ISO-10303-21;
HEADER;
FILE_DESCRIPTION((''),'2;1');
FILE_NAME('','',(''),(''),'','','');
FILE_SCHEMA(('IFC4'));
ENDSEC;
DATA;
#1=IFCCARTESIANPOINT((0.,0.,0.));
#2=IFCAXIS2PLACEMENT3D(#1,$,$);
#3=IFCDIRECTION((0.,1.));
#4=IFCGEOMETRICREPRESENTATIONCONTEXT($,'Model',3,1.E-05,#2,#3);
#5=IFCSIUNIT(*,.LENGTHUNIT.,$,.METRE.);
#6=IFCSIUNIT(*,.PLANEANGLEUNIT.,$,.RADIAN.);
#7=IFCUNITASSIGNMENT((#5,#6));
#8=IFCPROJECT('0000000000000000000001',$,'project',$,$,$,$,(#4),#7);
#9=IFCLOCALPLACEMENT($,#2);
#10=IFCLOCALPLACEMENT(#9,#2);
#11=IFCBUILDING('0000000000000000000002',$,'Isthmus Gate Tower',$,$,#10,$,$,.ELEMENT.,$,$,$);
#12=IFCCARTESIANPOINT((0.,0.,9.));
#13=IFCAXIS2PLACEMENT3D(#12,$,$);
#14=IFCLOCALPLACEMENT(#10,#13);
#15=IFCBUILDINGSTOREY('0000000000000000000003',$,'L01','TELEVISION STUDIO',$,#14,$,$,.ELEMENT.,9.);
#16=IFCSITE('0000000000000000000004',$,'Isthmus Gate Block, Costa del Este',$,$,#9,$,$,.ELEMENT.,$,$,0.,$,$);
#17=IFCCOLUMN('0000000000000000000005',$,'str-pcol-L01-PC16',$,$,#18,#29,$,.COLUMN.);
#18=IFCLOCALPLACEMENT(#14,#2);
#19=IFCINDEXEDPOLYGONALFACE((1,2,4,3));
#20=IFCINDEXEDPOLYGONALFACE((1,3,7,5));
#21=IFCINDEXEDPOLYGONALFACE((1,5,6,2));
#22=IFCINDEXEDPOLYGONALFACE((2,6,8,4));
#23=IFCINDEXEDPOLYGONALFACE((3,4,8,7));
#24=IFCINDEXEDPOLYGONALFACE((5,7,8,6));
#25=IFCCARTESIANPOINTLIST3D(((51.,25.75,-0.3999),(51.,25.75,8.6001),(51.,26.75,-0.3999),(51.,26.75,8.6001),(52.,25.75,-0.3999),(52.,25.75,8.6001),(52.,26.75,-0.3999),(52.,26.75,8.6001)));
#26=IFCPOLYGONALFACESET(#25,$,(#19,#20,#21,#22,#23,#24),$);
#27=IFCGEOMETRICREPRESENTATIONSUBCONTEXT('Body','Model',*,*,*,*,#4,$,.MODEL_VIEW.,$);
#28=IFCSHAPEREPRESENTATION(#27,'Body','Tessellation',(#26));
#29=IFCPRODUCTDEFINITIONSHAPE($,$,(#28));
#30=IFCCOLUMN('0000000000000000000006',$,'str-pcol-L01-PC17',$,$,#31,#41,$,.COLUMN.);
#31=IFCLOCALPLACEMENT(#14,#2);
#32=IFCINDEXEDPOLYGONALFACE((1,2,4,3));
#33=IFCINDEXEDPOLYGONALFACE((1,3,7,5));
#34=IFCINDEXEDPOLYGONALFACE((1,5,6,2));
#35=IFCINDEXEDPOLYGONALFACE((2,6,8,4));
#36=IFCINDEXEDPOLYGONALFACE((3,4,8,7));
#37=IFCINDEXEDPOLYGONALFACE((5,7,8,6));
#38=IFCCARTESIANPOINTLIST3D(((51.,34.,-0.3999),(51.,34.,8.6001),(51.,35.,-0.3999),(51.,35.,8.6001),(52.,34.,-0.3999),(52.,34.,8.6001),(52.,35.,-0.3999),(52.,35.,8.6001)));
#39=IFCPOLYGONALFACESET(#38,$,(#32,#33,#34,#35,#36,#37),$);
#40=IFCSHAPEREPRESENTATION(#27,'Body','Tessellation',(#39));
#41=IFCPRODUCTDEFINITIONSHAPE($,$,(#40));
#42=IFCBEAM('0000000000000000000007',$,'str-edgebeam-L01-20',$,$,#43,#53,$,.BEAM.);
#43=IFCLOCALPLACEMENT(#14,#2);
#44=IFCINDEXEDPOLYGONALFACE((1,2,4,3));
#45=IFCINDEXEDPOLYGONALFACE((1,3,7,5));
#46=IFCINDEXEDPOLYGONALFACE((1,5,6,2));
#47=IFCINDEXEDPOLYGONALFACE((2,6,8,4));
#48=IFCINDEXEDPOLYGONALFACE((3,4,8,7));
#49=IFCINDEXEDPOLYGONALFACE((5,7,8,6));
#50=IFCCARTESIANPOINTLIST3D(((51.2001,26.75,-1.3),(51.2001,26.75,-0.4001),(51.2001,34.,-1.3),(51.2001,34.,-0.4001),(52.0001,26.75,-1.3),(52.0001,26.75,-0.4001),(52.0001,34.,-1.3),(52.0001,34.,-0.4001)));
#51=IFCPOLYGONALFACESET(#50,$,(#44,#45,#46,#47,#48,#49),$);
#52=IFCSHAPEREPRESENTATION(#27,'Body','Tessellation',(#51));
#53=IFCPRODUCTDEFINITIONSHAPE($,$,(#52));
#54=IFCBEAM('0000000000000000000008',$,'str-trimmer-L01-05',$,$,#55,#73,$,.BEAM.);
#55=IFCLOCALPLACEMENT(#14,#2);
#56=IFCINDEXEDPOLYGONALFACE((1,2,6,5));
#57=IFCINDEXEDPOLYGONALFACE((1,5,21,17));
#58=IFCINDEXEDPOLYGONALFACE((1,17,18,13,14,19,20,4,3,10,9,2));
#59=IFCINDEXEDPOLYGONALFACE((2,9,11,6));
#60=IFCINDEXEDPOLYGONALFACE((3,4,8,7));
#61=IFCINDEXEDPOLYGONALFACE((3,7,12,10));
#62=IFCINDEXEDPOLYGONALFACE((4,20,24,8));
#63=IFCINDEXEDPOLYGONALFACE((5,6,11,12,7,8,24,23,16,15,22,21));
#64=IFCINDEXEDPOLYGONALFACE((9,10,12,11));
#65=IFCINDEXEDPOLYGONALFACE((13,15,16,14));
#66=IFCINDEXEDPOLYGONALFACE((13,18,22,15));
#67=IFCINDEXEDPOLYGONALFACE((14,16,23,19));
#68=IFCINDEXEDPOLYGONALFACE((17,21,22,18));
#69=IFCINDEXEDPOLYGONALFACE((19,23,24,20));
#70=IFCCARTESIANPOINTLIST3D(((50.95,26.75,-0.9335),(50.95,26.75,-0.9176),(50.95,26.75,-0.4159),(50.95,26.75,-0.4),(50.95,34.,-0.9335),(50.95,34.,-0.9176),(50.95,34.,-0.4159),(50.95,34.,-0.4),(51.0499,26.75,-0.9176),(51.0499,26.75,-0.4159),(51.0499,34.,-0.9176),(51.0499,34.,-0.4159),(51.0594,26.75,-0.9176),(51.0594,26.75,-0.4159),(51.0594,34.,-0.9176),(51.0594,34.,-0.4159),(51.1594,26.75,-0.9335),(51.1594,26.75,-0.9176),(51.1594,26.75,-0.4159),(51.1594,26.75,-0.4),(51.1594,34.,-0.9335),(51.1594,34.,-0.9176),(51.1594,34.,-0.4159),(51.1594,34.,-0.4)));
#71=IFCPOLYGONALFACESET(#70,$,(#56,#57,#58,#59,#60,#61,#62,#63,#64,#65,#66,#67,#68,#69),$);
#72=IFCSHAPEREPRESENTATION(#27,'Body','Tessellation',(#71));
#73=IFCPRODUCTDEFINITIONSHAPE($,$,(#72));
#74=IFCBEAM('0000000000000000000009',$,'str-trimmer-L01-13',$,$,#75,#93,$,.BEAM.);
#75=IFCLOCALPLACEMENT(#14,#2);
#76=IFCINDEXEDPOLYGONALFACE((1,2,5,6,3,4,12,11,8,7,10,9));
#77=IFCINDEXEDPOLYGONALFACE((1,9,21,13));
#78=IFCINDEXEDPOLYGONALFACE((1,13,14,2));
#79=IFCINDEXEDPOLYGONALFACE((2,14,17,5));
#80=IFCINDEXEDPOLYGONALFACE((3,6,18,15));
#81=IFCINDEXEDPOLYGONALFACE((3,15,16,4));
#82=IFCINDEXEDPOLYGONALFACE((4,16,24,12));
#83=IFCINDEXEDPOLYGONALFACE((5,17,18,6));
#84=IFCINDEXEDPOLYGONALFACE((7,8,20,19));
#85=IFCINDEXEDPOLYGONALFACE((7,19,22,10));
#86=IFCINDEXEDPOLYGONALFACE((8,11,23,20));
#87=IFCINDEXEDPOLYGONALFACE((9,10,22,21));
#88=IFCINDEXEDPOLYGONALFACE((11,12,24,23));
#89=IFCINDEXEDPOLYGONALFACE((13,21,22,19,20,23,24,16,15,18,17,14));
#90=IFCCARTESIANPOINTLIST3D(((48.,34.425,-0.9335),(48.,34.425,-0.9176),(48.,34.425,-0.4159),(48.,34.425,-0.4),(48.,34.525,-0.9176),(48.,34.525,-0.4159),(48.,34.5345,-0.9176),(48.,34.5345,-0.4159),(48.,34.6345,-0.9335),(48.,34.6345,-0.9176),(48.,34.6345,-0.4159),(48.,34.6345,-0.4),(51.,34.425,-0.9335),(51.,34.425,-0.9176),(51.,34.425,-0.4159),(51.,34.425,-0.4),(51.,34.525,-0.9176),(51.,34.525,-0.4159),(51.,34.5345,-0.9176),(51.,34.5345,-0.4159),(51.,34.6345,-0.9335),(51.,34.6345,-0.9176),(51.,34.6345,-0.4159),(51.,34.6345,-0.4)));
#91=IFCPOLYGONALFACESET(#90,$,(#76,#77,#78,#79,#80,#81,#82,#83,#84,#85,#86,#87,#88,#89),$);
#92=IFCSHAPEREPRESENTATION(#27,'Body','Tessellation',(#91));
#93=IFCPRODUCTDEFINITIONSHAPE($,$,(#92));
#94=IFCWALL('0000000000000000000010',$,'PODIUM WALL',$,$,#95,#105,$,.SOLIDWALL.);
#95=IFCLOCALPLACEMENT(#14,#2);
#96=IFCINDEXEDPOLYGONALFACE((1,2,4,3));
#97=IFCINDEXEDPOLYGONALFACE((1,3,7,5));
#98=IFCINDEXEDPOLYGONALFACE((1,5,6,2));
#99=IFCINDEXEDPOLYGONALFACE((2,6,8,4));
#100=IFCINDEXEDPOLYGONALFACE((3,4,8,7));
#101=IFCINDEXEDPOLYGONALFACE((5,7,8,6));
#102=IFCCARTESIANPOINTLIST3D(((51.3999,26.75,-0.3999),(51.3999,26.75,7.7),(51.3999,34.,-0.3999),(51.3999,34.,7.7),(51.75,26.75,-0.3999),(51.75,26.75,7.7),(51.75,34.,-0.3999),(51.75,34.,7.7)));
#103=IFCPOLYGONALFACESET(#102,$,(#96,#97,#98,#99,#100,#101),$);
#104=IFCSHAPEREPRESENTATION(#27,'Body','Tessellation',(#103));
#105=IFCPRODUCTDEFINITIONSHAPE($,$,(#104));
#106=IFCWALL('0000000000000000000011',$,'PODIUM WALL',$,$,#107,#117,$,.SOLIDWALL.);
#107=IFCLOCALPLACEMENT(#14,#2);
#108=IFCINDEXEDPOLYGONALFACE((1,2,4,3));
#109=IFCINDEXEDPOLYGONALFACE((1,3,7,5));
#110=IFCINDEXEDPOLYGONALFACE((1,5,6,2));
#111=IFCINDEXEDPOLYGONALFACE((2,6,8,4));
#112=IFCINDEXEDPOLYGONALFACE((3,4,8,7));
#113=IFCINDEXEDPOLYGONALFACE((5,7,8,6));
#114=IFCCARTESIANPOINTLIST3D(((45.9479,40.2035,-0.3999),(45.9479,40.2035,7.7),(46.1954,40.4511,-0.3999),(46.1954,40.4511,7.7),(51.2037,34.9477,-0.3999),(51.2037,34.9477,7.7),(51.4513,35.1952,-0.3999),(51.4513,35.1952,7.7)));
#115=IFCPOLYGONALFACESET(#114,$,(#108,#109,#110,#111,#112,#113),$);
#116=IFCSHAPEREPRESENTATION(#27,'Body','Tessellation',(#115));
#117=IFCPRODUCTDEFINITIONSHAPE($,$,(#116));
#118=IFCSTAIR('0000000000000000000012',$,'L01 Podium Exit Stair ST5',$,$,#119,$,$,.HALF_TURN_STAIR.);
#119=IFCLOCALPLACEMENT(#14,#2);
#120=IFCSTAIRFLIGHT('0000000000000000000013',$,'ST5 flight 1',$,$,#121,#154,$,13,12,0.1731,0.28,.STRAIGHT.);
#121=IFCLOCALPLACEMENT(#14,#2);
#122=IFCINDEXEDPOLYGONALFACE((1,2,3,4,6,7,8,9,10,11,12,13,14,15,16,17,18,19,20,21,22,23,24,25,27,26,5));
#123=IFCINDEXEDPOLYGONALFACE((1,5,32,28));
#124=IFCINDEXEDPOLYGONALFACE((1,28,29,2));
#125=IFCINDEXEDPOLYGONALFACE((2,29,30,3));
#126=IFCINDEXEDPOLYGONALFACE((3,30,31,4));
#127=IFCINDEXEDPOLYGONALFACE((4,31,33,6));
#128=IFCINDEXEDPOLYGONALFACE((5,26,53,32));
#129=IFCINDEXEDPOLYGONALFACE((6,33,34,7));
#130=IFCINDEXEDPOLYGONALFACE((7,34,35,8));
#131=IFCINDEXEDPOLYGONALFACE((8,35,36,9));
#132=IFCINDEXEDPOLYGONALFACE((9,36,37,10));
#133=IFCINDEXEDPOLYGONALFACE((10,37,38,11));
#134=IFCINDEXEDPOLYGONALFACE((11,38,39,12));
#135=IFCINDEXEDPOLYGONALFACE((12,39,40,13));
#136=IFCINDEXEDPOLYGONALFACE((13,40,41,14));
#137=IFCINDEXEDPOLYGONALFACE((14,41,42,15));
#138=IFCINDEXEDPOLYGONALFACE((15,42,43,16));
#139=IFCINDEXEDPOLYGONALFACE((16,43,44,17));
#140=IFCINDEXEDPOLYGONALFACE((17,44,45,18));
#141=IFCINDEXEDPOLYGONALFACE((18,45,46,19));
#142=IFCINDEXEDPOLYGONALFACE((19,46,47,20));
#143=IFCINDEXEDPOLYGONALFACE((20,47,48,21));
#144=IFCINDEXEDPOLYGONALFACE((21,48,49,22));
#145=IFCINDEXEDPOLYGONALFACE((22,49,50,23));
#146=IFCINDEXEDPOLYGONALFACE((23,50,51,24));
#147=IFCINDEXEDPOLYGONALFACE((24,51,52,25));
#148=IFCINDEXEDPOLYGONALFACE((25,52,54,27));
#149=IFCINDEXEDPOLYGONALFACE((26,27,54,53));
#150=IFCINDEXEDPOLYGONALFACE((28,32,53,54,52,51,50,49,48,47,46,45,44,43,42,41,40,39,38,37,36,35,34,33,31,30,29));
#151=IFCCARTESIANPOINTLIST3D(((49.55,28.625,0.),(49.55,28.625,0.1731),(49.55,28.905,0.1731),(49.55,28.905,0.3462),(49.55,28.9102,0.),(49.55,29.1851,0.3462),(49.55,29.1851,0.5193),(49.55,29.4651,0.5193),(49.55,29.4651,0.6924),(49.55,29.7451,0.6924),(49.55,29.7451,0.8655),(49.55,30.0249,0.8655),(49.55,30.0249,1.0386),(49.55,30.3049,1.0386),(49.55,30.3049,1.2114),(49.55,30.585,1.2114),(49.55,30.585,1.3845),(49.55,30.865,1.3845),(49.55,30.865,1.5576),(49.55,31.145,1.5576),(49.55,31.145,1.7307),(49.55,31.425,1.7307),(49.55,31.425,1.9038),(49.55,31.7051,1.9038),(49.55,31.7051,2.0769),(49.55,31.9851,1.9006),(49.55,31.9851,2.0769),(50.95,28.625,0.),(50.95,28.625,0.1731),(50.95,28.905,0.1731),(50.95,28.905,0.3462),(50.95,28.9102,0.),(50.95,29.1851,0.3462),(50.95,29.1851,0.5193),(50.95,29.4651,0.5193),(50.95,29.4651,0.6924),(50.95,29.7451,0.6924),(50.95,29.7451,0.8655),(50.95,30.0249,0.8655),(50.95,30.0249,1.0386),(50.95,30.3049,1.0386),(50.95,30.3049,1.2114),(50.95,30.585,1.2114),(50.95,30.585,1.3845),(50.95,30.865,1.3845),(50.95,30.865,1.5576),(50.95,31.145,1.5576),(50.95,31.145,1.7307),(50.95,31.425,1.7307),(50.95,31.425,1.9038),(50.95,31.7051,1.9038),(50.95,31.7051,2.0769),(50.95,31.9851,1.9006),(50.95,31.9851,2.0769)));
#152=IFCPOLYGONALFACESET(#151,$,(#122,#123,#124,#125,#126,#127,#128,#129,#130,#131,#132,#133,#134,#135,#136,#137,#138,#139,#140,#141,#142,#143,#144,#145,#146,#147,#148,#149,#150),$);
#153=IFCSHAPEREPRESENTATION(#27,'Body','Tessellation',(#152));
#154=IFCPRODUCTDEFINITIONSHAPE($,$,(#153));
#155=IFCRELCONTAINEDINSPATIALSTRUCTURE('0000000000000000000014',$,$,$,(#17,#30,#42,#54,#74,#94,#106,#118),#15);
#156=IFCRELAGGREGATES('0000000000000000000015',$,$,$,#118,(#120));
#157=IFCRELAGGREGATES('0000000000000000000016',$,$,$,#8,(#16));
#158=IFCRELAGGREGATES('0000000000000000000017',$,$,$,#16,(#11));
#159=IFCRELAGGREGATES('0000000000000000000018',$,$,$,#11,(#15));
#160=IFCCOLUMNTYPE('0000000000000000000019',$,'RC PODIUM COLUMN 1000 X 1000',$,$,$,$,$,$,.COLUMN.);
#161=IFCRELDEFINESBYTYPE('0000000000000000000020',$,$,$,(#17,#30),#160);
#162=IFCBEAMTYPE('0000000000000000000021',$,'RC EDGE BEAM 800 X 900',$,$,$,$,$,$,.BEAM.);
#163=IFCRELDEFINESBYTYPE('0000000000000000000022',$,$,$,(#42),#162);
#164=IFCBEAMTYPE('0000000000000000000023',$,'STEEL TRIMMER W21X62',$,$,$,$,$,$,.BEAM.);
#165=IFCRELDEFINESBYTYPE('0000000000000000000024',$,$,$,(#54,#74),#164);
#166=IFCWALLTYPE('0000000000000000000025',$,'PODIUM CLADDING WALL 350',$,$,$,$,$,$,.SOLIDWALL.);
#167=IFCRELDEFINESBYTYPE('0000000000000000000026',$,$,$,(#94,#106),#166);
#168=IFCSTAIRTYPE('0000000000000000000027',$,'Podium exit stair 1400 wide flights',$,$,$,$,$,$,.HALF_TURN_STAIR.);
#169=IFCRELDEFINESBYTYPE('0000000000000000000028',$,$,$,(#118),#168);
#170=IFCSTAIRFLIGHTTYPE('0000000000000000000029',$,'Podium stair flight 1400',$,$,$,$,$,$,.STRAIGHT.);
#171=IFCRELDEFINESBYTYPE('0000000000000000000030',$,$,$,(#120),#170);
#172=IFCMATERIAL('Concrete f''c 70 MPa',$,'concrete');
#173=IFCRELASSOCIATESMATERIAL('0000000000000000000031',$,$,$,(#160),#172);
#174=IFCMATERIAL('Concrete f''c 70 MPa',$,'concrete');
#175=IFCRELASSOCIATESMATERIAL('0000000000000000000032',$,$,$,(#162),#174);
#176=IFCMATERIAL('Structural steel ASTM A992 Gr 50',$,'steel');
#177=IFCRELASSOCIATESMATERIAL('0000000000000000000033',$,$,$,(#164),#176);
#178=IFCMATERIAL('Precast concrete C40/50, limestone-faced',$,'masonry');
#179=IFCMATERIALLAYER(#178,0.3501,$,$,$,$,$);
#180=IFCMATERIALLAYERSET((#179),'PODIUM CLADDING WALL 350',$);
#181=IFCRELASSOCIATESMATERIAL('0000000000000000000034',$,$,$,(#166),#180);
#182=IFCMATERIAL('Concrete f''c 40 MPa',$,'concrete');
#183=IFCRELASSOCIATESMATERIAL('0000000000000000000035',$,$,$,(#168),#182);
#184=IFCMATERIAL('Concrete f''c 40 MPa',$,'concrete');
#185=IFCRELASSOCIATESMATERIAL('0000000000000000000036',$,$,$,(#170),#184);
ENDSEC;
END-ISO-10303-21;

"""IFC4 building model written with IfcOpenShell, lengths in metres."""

from ifc_helpers import new_model, si_unit, direction, frame, frame_2d, origin, origin_2d, place, context, subcontext, project, spatial, polyline, rectangle, i_section, outline, extrude, material, layer, layer_set, material_profile, profile_set, type_object, element, aggregate, save


model = new_model("IFC4")

# Units and contexts
model_context = context("Model", 3, precision=1e-05, world=origin(), true_north=direction((0.0, 1.0)))
body_context = subcontext(model_context, "Body", "Model", "MODEL_VIEW")
ifc_project = project(units=[si_unit("LENGTHUNIT", "METRE"), si_unit("PLANEANGLEUNIT", "RADIAN")], contexts=[model_context])

# Site, building, storey
site_placement = place(None, origin())
site = spatial("IfcSite", under=ifc_project, at=site_placement, Name="Isthmus Gate Block, Costa del Este", CompositionType="ELEMENT", RefElevation=0.0)
building_placement = place(site_placement, origin())
building = spatial("IfcBuilding", under=site, at=building_placement, Name="Isthmus Gate Tower", CompositionType="ELEMENT")
storey_placement = place(building_placement, frame((0.0, 0.0, 9.0)))
storey = spatial("IfcBuildingStorey", under=building, at=storey_placement, Name="L01", Description="TELEVISION STUDIO", CompositionType="ELEMENT", Elevation=9.0)

# Columns
ifc_material_1 = material(Name="Concrete f'c 70 MPa", Category="concrete")
ifc_material_profile_1 = material_profile(ifc_material_1, rectangle(XDim=1.0, YDim=1.0, at=origin_2d()), Name="RC 1000X1000")
ifc_profile_set_1 = profile_set([ifc_material_profile_1], Name="Concrete f'c 70 MPa")
column_type = type_object("IfcColumnType", Name="RC PODIUM COLUMN 1000 X 1000", PredefinedType="COLUMN", material=ifc_profile_set_1)
for number, where, z_axis, x_axis, name in (
    (1, (51.5, 26.25, -0.3999), (0.0, 0.0, 1.0), (0.0, 1.0, 0.0), "str-pcol-L01-PC16"),
    (2, (51.5, 34.5, -0.3999), (0.0, 0.0, 1.0), (0.0, 1.0, 0.0), "str-pcol-L01-PC17"),
):
    element("IfcColumn", number, at=place(storey_placement, frame(where, z_axis=z_axis, x_axis=x_axis)), inside=storey, type_object=column_type, Name=name, PredefinedType="COLUMN", context=body_context, shape_type="SweptSolid", body=[
        extrude(rectangle(XDim=1.0, YDim=1.0, at=origin_2d()), origin(), (0.0, 0.0, 1.0), 9.0),
    ])

# Beams
ifc_material_2 = material(Name="Concrete f'c 70 MPa", Category="concrete")
ifc_material_profile_2 = material_profile(ifc_material_2, rectangle(XDim=0.8, YDim=0.8999, at=origin_2d()), Name="RC 800X900")
ifc_profile_set_2 = profile_set([ifc_material_profile_2], Name="Concrete f'c 70 MPa")
beam_type_1 = type_object("IfcBeamType", Name="RC EDGE BEAM 800 X 900", PredefinedType="BEAM", material=ifc_profile_set_2)
beam_1_placement = place(storey_placement, frame((51.6001, 34.0, -0.8501), z_axis=(0.0, -1.0, 0.0), x_axis=(1.0, 0.0, 0.0)))
element("IfcBeam", 3, at=beam_1_placement, inside=storey, type_object=beam_type_1, Name="str-edgebeam-L01-20", PredefinedType="BEAM", context=body_context, shape_type="SweptSolid", body=[
    extrude(rectangle(XDim=0.8, YDim=0.8999, at=origin_2d()), origin(), (0.0, 0.0, 1.0), 7.25),
])
ifc_material_3 = material(Name="Structural steel ASTM A992 Gr 50", Category="steel")
ifc_material_profile_3 = material_profile(ifc_material_3, i_section(OverallWidth=0.2095, OverallDepth=0.5334, WebThickness=0.0095, FlangeThickness=0.0159, at=origin_2d()), Name="W21X62")
ifc_profile_set_3 = profile_set([ifc_material_profile_3], Name="Structural steel ASTM A992 Gr 50")
beam_type_2 = type_object("IfcBeamType", Name="STEEL TRIMMER W21X62", PredefinedType="BEAM", material=ifc_profile_set_3)
beam_2_placement = place(storey_placement, frame((51.0547, 26.75, -0.6667), z_axis=(0.0, 1.0, 0.0), x_axis=(-1.0, 0.0, 0.0)))
element("IfcBeam", 4, at=beam_2_placement, inside=storey, type_object=beam_type_2, Name="str-trimmer-L01-05", PredefinedType="BEAM", context=body_context, shape_type="SweptSolid", body=[
    extrude(i_section(OverallWidth=0.2095, OverallDepth=0.5334, WebThickness=0.0095, FlangeThickness=0.0159, at=origin_2d()), origin(), (0.0, 0.0, 1.0), 7.25),
])
beam_3_placement = place(storey_placement, frame((51.0, 34.5298, -0.6667), z_axis=(-1.0, 0.0, 0.0), x_axis=(0.0, -1.0, 0.0)))
element("IfcBeam", 5, at=beam_3_placement, inside=storey, type_object=beam_type_2, Name="str-trimmer-L01-13", PredefinedType="BEAM", context=body_context, shape_type="SweptSolid", body=[
    extrude(i_section(OverallWidth=0.2095, OverallDepth=0.5334, WebThickness=0.0095, FlangeThickness=0.0159, at=origin_2d()), origin(), (0.0, 0.0, 1.0), 3.0),
])

# Walls
ifc_material_4 = material(Name="Precast concrete C40/50, limestone-faced", Category="masonry")
ifc_layer = layer(ifc_material_4, 0.3501)
ifc_layer_set = layer_set([ifc_layer], Name="PODIUM CLADDING WALL 350")
wall_type = type_object("IfcWallType", Name="PODIUM CLADDING WALL 350", PredefinedType="SOLIDWALL", material=ifc_layer_set)
wall_1_placement = place(storey_placement, frame((51.575, 26.75, -0.3999), z_axis=(0.0, 0.0, 1.0), x_axis=(0.0, 1.0, 0.0)))
element("IfcWall", 6, at=wall_1_placement, inside=storey, type_object=wall_type, Name="PODIUM WALL", PredefinedType="SOLIDWALL", context=body_context, shape_type="SweptSolid", body=[
    extrude(rectangle(XDim=7.25, YDim=0.3501, at=frame_2d((3.625, 0.0))), origin(), (0.0, 0.0, 1.0), 8.0999),
])
wall_2_placement = place(storey_placement, frame((51.3274, 35.0715, -0.3999), z_axis=(0.0, 0.0, 1.0), x_axis=(-0.707107, 0.707107, 0.0)))
element("IfcWall", 7, at=wall_2_placement, inside=storey, type_object=wall_type, Name="PODIUM WALL", PredefinedType="SOLIDWALL", context=body_context, shape_type="SweptSolid", body=[
    extrude(rectangle(XDim=7.4329, YDim=0.3501, at=frame_2d((3.7163, 0.0))), origin(), (0.0, 0.0, 1.0), 8.0999),
])

# Stair, stair flight
ifc_material_5 = material(Name="Concrete f'c 40 MPa", Category="concrete")
stair_type = type_object("IfcStairType", Name="Podium exit stair 1400 wide flights", PredefinedType="HALF_TURN_STAIR", material=ifc_material_5)
stair_placement = place(storey_placement, origin())
stair = element("IfcStair", 8, at=stair_placement, inside=storey, type_object=stair_type, Name="L01 Podium Exit Stair ST5", PredefinedType="HALF_TURN_STAIR")
ifc_material_6 = material(Name="Concrete f'c 40 MPa", Category="concrete")
stair_flight_type = type_object("IfcStairFlightType", Name="Podium stair flight 1400", PredefinedType="STRAIGHT", material=ifc_material_6)
stair_flight_1_placement = place(storey_placement, frame((50.25, 28.625, 0.0), z_axis=(0.0, 0.0, 1.0), x_axis=(0.0, 1.0, 0.0)))
stair_flight_1 = element("IfcStairFlight", 9, at=stair_flight_1_placement, type_object=stair_flight_type, Name="ST5 flight 1", NumberOfRisers=13, NumberOfTreads=12, PredefinedType="STRAIGHT", RiserHeight=0.1731, TreadLength=0.28, context=body_context, shape_type="SweptSolid", body=[
    extrude(outline(polyline([(0.0, 0.0), (0.0, 0.1731), (0.28, 0.1731), (0.28, 0.3462), (0.5601, 0.3462), (0.5601, 0.5193), (0.8401, 0.5193), (0.8401, 0.6924), (1.1201, 0.6924), (1.1201, 0.8655), (1.3999, 0.8655), (1.3999, 1.0386), (1.6799, 1.0386), (1.6799, 1.2114), (1.96, 1.2114), (1.96, 1.3845), (2.24, 1.3845), (2.24, 1.5576), (2.52, 1.5576), (2.52, 1.7307), (2.8, 1.7307), (2.8, 1.9038), (3.0801, 1.9038), (3.0801, 2.0769), (3.3601, 2.0769), (3.3601, 2.25), (3.3601, 1.9006), (0.2852, 0.0), (0.0, 0.0)])), frame((0.0, 0.7, 0.0), z_axis=(0.0, -1.0, 0.0), x_axis=(1.0, 0.0, 0.0)), (0.0, 0.0, 1.0), 1.3999),
])
aggregate(stair, [stair_flight_1])

save(model, "model.ifc")
